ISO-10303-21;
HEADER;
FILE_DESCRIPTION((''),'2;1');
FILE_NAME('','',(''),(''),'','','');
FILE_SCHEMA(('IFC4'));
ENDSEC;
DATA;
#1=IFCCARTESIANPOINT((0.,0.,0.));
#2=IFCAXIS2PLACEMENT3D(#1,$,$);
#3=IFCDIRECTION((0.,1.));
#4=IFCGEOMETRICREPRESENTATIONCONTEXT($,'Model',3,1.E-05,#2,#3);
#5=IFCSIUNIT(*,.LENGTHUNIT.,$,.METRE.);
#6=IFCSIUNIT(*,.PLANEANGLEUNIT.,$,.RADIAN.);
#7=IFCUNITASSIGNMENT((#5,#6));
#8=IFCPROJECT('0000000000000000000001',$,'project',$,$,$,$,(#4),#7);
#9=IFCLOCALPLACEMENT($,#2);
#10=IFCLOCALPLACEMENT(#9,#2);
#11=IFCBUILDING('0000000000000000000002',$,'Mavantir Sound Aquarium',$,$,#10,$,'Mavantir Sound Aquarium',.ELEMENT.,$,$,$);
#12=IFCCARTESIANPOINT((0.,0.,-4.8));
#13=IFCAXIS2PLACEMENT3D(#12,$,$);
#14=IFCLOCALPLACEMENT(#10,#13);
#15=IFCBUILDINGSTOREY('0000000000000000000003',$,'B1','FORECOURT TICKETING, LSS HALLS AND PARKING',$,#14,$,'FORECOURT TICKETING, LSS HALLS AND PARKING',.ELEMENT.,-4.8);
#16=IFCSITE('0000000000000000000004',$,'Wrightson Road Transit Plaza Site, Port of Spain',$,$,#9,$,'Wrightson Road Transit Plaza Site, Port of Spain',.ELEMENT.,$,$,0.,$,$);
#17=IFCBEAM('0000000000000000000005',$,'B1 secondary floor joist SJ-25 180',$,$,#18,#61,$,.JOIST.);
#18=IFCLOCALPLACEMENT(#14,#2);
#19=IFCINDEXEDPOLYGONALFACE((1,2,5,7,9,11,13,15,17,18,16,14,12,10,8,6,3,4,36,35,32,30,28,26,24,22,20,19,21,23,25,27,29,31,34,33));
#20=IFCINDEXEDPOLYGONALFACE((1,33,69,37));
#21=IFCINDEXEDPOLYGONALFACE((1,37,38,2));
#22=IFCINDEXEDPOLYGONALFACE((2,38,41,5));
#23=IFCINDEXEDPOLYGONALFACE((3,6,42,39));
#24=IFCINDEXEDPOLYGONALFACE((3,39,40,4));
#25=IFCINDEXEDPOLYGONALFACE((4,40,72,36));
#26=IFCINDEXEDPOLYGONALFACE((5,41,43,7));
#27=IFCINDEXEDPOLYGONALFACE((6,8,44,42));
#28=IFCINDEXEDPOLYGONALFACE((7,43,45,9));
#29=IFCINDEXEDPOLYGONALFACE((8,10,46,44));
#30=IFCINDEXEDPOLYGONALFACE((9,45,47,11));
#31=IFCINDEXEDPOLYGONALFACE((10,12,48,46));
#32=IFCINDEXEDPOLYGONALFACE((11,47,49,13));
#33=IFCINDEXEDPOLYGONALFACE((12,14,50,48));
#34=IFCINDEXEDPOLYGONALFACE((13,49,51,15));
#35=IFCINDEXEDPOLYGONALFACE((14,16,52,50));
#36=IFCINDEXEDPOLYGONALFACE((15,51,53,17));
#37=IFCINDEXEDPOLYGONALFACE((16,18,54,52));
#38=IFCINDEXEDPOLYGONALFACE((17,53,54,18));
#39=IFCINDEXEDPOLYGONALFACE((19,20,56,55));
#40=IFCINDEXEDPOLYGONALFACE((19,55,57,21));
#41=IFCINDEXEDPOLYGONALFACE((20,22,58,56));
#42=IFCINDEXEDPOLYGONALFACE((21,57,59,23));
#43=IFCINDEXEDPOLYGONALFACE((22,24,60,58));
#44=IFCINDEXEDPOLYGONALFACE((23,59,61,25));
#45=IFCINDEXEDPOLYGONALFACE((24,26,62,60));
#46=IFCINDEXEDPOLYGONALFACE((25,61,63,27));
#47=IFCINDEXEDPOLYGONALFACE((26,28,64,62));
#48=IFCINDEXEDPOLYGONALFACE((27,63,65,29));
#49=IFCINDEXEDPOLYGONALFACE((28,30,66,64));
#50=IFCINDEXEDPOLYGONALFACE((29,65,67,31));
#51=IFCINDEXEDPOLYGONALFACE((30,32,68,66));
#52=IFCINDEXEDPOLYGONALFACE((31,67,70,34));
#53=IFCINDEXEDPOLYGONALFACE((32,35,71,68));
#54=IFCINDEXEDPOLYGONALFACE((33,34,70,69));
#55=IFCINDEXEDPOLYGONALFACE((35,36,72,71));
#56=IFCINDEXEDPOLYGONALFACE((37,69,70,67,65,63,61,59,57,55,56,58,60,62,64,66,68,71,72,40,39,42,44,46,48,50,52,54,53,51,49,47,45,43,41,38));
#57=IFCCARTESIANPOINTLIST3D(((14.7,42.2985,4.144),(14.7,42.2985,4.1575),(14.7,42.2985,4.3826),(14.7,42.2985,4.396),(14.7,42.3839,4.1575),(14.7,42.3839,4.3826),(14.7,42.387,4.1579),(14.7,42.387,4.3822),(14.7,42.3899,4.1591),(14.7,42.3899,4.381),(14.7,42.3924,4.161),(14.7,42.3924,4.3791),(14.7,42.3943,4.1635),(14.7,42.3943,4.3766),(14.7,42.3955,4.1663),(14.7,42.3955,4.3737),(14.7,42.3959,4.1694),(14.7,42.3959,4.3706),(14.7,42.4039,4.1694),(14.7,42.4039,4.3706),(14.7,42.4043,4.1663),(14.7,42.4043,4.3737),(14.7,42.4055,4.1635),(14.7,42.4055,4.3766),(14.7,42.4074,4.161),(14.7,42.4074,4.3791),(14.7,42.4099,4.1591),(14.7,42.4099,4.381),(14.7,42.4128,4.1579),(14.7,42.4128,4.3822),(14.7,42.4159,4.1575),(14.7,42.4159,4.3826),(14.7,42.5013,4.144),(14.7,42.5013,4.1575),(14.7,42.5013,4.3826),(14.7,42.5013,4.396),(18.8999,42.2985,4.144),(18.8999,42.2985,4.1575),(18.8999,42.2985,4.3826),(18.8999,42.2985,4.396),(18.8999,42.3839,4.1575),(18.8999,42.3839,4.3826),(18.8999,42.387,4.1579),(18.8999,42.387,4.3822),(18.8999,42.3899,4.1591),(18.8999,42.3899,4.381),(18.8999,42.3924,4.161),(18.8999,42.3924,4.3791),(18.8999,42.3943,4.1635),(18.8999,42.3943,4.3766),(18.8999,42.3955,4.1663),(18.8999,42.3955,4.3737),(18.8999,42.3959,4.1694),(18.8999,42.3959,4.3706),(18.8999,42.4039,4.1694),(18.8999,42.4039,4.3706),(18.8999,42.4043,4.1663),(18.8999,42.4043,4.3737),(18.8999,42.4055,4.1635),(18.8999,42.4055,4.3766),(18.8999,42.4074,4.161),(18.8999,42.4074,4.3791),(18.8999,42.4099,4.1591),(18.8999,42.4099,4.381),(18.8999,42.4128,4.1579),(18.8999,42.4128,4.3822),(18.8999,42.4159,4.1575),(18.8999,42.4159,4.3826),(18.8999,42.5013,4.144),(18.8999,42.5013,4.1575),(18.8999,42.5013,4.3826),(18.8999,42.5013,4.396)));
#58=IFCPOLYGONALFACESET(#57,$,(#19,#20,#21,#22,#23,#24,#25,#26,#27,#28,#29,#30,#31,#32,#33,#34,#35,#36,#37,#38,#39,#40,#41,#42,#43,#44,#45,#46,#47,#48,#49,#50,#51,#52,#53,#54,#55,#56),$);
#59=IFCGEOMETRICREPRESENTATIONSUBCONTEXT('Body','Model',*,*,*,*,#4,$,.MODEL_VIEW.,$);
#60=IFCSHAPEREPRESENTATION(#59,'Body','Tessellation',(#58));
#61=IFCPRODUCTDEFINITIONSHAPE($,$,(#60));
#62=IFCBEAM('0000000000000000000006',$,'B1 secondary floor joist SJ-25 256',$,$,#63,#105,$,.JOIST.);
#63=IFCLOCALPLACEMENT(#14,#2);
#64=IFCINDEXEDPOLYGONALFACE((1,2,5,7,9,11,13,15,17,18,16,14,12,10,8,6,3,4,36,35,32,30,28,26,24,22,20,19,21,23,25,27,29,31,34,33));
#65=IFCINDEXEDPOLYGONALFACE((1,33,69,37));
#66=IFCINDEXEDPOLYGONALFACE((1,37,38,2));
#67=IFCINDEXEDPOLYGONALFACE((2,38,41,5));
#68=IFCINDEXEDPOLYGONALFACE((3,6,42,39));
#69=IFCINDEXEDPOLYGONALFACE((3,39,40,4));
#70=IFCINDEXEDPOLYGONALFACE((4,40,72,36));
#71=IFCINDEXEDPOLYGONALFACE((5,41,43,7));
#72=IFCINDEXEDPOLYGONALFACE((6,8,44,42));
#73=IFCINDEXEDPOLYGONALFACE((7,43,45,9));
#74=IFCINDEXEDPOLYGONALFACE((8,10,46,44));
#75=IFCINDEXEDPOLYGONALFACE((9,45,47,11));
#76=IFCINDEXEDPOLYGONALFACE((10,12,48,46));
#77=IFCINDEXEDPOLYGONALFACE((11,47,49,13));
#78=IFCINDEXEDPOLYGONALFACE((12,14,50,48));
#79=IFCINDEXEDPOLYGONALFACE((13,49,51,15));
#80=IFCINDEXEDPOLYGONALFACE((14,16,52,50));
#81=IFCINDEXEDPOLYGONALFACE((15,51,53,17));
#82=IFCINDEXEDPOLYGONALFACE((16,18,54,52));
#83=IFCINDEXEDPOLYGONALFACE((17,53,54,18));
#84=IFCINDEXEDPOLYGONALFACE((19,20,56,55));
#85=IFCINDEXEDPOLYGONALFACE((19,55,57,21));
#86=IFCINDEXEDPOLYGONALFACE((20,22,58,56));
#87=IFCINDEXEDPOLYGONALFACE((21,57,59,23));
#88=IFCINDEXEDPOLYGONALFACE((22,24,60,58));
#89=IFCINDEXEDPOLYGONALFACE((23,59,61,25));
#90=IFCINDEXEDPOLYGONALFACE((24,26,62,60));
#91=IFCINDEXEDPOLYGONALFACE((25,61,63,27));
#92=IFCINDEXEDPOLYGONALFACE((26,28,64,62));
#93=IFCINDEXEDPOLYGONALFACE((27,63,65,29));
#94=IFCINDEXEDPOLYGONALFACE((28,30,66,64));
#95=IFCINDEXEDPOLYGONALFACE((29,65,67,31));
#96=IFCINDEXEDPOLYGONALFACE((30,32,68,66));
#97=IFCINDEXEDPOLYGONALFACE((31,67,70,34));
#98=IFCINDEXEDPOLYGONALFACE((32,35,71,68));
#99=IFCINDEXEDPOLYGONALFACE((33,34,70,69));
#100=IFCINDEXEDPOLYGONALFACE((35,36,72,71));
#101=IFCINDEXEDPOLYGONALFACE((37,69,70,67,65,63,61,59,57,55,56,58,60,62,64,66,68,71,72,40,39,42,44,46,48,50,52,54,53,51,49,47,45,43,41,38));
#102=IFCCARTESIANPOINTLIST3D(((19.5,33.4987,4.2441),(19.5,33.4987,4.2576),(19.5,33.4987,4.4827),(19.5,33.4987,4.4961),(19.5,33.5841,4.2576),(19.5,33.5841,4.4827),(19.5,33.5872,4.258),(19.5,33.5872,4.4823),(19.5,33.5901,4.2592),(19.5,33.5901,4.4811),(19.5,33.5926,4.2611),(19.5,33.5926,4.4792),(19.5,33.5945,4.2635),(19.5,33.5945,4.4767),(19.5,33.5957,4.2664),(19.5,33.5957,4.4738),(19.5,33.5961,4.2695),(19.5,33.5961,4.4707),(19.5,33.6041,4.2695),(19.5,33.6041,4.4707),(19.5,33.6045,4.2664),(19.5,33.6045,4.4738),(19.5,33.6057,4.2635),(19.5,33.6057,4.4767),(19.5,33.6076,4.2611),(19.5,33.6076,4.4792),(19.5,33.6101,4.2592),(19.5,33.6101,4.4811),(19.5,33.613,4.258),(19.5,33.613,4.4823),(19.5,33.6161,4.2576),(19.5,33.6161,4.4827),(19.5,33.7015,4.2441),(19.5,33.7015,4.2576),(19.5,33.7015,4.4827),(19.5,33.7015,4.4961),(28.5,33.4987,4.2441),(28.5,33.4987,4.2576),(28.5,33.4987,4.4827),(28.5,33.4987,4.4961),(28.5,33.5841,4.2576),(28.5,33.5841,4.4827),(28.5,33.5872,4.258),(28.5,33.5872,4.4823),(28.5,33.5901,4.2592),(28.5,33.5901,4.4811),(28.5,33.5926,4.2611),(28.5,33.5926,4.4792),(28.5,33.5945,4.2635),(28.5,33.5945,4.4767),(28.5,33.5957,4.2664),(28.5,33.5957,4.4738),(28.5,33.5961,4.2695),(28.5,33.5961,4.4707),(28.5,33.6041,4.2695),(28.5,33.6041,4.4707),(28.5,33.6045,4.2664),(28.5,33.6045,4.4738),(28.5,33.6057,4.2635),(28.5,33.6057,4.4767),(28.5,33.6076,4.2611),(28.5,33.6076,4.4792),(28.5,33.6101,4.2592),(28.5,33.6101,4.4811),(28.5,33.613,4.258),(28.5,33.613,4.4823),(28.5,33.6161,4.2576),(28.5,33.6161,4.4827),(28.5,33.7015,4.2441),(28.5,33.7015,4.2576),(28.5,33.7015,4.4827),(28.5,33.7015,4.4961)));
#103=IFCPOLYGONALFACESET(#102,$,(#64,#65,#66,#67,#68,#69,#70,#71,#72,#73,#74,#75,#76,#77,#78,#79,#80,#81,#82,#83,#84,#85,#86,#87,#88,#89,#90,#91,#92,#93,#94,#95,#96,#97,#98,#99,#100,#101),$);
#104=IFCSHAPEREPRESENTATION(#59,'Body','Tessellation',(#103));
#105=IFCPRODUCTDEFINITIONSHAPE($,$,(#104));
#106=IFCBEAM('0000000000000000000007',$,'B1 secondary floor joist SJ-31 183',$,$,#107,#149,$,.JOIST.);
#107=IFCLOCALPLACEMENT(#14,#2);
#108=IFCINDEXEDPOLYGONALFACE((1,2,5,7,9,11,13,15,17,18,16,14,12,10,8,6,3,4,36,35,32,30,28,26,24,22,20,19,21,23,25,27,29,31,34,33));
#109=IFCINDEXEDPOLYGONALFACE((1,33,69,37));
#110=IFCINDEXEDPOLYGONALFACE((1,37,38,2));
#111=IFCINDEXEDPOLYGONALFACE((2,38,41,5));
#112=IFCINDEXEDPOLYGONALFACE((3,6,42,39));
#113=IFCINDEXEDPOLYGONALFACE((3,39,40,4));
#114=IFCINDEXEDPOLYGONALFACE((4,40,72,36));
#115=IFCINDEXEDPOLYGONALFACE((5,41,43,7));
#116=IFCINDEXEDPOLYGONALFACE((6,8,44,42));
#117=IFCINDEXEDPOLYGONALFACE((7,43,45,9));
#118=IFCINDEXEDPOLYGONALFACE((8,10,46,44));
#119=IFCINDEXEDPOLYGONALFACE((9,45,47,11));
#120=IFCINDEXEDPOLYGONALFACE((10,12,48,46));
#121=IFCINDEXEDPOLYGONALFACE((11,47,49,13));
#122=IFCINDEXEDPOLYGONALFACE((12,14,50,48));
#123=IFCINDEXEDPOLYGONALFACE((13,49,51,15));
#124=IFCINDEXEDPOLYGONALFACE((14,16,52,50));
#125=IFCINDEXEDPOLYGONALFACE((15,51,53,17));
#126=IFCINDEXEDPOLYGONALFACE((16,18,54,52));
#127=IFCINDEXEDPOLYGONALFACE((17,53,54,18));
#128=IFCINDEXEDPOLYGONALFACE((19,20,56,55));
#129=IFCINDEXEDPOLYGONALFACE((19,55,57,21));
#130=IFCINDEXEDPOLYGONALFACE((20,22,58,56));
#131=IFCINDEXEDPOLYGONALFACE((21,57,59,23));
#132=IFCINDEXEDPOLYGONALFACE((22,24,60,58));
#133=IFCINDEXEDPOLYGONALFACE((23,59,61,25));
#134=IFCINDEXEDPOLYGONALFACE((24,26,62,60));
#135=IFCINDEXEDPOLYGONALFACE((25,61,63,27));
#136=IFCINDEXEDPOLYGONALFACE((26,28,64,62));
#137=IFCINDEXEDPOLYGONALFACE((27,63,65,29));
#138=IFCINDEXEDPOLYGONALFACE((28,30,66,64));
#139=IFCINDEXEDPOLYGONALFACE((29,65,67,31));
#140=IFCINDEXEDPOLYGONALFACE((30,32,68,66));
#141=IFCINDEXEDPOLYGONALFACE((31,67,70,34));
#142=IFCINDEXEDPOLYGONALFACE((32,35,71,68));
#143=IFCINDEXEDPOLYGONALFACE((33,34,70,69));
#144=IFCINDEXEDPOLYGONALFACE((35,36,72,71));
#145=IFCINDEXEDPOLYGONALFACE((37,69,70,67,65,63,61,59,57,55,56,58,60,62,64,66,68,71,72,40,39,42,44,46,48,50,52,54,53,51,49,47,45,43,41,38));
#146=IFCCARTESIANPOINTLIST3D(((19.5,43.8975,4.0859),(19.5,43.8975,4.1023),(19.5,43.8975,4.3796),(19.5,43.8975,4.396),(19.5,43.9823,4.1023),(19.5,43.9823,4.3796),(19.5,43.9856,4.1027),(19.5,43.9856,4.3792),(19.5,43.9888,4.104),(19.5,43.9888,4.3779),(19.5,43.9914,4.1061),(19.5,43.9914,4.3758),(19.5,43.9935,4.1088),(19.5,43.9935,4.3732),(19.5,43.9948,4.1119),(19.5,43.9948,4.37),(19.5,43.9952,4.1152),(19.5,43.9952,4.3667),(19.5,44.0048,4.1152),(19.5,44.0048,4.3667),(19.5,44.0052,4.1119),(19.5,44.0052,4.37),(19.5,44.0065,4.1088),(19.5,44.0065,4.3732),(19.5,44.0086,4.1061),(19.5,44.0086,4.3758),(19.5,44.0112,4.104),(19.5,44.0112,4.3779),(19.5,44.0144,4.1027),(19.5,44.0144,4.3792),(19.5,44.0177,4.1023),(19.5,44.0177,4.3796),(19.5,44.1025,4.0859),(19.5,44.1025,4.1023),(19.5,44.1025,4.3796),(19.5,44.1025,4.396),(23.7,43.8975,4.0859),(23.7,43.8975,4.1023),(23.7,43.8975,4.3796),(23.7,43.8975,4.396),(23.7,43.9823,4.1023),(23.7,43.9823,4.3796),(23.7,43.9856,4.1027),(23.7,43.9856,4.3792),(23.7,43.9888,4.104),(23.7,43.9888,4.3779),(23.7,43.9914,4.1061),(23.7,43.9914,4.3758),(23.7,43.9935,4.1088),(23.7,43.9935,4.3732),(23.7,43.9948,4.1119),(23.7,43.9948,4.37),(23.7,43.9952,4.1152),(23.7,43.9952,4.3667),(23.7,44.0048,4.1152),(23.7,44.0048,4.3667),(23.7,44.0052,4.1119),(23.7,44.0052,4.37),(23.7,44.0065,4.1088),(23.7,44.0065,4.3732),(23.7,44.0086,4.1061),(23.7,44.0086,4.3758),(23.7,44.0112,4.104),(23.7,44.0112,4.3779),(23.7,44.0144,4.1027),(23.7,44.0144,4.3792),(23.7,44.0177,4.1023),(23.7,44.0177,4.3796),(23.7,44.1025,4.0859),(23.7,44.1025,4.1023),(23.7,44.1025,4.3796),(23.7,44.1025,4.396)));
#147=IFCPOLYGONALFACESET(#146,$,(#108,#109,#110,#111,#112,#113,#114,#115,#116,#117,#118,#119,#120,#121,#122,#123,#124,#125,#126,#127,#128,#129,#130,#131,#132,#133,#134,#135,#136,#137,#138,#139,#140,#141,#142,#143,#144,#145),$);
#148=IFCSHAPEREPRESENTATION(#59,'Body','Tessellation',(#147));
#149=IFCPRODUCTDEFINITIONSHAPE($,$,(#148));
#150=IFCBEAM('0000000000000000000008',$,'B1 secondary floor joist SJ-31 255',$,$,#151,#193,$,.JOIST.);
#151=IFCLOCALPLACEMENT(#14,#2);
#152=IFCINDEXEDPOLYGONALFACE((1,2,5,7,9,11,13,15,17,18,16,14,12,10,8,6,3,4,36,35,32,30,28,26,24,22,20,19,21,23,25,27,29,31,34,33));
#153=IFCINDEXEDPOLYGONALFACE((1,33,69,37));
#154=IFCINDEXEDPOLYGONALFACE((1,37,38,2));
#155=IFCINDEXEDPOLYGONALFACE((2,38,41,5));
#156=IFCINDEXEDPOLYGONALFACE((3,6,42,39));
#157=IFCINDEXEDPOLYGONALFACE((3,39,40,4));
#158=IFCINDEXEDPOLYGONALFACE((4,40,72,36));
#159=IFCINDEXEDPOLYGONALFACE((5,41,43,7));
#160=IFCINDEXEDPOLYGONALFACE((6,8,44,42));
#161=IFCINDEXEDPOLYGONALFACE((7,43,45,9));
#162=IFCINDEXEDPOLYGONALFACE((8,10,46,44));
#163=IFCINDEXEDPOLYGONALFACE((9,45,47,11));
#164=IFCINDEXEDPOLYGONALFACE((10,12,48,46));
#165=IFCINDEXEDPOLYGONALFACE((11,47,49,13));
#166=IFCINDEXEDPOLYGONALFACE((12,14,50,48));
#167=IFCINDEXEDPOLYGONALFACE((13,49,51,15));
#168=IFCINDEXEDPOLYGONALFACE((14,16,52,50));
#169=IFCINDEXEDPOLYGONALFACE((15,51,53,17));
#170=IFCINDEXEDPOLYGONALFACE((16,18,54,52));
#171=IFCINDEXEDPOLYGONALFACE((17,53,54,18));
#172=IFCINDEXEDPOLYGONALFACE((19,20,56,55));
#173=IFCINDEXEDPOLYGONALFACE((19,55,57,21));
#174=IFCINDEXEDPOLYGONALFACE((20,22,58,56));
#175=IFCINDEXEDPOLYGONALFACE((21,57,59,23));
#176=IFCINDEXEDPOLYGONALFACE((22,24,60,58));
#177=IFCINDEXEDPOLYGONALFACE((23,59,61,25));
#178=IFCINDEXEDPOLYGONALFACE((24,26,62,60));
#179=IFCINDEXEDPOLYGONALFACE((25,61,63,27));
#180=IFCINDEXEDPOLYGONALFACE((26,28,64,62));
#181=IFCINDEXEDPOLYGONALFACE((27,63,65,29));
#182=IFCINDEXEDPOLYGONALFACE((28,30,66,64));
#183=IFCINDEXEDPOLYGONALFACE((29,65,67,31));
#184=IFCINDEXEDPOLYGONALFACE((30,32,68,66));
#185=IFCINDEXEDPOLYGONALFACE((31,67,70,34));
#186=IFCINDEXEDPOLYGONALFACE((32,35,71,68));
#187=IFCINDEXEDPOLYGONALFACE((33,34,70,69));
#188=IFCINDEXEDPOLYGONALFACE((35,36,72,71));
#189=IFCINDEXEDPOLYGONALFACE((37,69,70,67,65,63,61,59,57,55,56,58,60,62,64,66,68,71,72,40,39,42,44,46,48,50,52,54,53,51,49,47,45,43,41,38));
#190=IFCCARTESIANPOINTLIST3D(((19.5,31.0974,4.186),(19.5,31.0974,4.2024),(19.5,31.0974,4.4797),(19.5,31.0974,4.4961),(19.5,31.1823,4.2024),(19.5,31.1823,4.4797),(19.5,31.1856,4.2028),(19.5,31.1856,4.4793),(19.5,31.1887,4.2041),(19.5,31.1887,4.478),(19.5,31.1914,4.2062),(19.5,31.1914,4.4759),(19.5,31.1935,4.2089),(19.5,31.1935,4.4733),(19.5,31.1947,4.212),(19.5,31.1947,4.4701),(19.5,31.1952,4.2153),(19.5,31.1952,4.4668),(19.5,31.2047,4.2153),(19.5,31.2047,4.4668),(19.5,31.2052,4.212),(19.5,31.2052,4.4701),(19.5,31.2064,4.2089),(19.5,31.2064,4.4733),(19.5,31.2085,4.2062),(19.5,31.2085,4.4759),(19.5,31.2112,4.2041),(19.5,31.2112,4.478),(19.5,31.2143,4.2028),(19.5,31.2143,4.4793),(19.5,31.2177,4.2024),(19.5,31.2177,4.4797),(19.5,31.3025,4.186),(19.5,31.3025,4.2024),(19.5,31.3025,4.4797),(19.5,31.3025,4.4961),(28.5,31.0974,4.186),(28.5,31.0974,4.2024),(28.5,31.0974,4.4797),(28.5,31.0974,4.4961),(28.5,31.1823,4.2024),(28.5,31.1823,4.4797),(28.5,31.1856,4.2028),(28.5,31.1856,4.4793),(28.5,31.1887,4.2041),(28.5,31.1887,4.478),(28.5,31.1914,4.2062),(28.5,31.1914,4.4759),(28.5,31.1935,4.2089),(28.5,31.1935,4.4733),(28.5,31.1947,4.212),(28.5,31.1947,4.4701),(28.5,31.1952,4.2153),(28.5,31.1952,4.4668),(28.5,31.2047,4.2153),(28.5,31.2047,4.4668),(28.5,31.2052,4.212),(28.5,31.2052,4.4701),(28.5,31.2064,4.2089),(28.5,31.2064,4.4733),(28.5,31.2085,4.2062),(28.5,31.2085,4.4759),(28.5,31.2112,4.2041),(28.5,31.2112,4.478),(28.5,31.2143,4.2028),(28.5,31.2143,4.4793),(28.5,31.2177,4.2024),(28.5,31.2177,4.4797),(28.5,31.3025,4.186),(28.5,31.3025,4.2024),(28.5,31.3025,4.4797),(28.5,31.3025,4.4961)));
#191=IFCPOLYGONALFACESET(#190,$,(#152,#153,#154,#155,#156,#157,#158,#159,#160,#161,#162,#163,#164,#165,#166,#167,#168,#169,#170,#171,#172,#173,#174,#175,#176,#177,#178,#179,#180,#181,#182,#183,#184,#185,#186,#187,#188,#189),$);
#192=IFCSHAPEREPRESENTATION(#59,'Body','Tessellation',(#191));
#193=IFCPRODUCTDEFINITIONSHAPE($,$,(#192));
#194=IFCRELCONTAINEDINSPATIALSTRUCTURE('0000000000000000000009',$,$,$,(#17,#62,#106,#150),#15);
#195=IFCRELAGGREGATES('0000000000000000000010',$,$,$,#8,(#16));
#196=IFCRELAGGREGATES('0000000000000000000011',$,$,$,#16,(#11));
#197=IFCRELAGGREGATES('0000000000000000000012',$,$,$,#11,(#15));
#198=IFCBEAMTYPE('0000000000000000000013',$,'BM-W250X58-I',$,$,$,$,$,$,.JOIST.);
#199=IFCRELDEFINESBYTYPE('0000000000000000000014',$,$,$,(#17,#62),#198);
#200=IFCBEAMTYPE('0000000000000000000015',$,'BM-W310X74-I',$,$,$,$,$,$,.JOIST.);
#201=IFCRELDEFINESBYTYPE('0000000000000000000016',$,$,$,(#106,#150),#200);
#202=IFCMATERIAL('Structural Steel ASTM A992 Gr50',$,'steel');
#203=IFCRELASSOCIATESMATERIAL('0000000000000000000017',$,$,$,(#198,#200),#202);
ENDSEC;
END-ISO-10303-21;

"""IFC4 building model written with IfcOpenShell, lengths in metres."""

from ifc_helpers import new_model, si_unit, direction, frame, origin, origin_2d, place, context, subcontext, project, spatial, i_section, extrude, material, material_profile, profile_set, type_object, element, save


model = new_model("IFC4")

# Units and contexts
model_context = context("Model", 3, precision=1e-05, world=origin(), true_north=direction((0.0, 1.0)))
body_context = subcontext(model_context, "Body", "Model", "MODEL_VIEW")
ifc_project = project(units=[si_unit("LENGTHUNIT", "METRE"), si_unit("PLANEANGLEUNIT", "RADIAN")], contexts=[model_context])

# Site, building, storey
site_placement = place(None, origin())
site = spatial("IfcSite", under=ifc_project, at=site_placement, Name="Wrightson Road Transit Plaza Site, Port of Spain", LongName="Wrightson Road Transit Plaza Site, Port of Spain", CompositionType="ELEMENT", RefElevation=0.0)
building_placement = place(site_placement, origin())
building = spatial("IfcBuilding", under=site, at=building_placement, Name="Mavantir Sound Aquarium", LongName="Mavantir Sound Aquarium", CompositionType="ELEMENT")
storey_placement = place(building_placement, frame((0.0, 0.0, -4.8)))
storey = spatial("IfcBuildingStorey", under=building, at=storey_placement, Name="B1", Description="FORECOURT TICKETING, LSS HALLS AND PARKING", LongName="FORECOURT TICKETING, LSS HALLS AND PARKING", CompositionType="ELEMENT", Elevation=-4.8)

# Beams
ifc_material_1 = material(Name="Structural Steel ASTM A992 Gr50", Category="steel")
ifc_material_profile_1 = material_profile(ifc_material_1, i_section(OverallWidth=0.2029, OverallDepth=0.252, WebThickness=0.0081, FlangeThickness=0.0134, FilletRadius=0.012, at=origin_2d()), Name="W250X58")
ifc_profile_set_1 = profile_set([ifc_material_profile_1], Name="Structural Steel ASTM A992 Gr50")
beam_type_1 = type_object("IfcBeamType", Name="BM-W250X58-I", PredefinedType="JOIST", material=ifc_profile_set_1)
beam_1_placement = place(storey_placement, frame((14.7, 42.3999, 4.27), z_axis=(1.0, 0.0, 0.0), x_axis=(0.0, 1.0, 0.0)))
element("IfcBeam", 1, at=beam_1_placement, inside=storey, type_object=beam_type_1, Name="B1 secondary floor joist SJ-25 180", PredefinedType="JOIST", context=body_context, shape_type="SweptSolid", body=[
    extrude(i_section(OverallWidth=0.2029, OverallDepth=0.252, WebThickness=0.0081, FlangeThickness=0.0134, FilletRadius=0.012, at=origin_2d()), origin(), (0.0, 0.0, 1.0), 4.2),
])
beam_2_placement = place(storey_placement, frame((19.5, 33.6001, 4.3701), z_axis=(1.0, 0.0, 0.0), x_axis=(0.0, 1.0, 0.0)))
element("IfcBeam", 2, at=beam_2_placement, inside=storey, type_object=beam_type_1, Name="B1 secondary floor joist SJ-25 256", PredefinedType="JOIST", context=body_context, shape_type="SweptSolid", body=[
    extrude(i_section(OverallWidth=0.2029, OverallDepth=0.252, WebThickness=0.0081, FlangeThickness=0.0134, FilletRadius=0.012, at=origin_2d()), origin(), (0.0, 0.0, 1.0), 9.0),
])
ifc_material_profile_2 = material_profile(ifc_material_1, i_section(OverallWidth=0.2051, OverallDepth=0.3101, WebThickness=0.0095, FlangeThickness=0.0164, FilletRadius=0.0129, at=origin_2d()), Name="W310X74")
ifc_profile_set_2 = profile_set([ifc_material_profile_2], Name="Structural Steel ASTM A992 Gr50")
beam_type_2 = type_object("IfcBeamType", Name="BM-W310X74-I", PredefinedType="JOIST", material=ifc_profile_set_2)
beam_3_placement = place(storey_placement, frame((19.5, 44.0, 4.241), z_axis=(1.0, 0.0, 0.0), x_axis=(0.0, 1.0, 0.0)))
element("IfcBeam", 3, at=beam_3_placement, inside=storey, type_object=beam_type_2, Name="B1 secondary floor joist SJ-31 183", PredefinedType="JOIST", context=body_context, shape_type="SweptSolid", body=[
    extrude(i_section(OverallWidth=0.2051, OverallDepth=0.3101, WebThickness=0.0095, FlangeThickness=0.0164, FilletRadius=0.0129, at=origin_2d()), origin(), (0.0, 0.0, 1.0), 4.2),
])
beam_4_placement = place(storey_placement, frame((19.5, 31.2, 4.3411), z_axis=(1.0, 0.0, 0.0), x_axis=(0.0, 1.0, 0.0)))
element("IfcBeam", 4, at=beam_4_placement, inside=storey, type_object=beam_type_2, Name="B1 secondary floor joist SJ-31 255", PredefinedType="JOIST", context=body_context, shape_type="SweptSolid", body=[
    extrude(i_section(OverallWidth=0.2051, OverallDepth=0.3101, WebThickness=0.0095, FlangeThickness=0.0164, FilletRadius=0.0129, at=origin_2d()), origin(), (0.0, 0.0, 1.0), 9.0),
])

save(model, "model.ifc")
